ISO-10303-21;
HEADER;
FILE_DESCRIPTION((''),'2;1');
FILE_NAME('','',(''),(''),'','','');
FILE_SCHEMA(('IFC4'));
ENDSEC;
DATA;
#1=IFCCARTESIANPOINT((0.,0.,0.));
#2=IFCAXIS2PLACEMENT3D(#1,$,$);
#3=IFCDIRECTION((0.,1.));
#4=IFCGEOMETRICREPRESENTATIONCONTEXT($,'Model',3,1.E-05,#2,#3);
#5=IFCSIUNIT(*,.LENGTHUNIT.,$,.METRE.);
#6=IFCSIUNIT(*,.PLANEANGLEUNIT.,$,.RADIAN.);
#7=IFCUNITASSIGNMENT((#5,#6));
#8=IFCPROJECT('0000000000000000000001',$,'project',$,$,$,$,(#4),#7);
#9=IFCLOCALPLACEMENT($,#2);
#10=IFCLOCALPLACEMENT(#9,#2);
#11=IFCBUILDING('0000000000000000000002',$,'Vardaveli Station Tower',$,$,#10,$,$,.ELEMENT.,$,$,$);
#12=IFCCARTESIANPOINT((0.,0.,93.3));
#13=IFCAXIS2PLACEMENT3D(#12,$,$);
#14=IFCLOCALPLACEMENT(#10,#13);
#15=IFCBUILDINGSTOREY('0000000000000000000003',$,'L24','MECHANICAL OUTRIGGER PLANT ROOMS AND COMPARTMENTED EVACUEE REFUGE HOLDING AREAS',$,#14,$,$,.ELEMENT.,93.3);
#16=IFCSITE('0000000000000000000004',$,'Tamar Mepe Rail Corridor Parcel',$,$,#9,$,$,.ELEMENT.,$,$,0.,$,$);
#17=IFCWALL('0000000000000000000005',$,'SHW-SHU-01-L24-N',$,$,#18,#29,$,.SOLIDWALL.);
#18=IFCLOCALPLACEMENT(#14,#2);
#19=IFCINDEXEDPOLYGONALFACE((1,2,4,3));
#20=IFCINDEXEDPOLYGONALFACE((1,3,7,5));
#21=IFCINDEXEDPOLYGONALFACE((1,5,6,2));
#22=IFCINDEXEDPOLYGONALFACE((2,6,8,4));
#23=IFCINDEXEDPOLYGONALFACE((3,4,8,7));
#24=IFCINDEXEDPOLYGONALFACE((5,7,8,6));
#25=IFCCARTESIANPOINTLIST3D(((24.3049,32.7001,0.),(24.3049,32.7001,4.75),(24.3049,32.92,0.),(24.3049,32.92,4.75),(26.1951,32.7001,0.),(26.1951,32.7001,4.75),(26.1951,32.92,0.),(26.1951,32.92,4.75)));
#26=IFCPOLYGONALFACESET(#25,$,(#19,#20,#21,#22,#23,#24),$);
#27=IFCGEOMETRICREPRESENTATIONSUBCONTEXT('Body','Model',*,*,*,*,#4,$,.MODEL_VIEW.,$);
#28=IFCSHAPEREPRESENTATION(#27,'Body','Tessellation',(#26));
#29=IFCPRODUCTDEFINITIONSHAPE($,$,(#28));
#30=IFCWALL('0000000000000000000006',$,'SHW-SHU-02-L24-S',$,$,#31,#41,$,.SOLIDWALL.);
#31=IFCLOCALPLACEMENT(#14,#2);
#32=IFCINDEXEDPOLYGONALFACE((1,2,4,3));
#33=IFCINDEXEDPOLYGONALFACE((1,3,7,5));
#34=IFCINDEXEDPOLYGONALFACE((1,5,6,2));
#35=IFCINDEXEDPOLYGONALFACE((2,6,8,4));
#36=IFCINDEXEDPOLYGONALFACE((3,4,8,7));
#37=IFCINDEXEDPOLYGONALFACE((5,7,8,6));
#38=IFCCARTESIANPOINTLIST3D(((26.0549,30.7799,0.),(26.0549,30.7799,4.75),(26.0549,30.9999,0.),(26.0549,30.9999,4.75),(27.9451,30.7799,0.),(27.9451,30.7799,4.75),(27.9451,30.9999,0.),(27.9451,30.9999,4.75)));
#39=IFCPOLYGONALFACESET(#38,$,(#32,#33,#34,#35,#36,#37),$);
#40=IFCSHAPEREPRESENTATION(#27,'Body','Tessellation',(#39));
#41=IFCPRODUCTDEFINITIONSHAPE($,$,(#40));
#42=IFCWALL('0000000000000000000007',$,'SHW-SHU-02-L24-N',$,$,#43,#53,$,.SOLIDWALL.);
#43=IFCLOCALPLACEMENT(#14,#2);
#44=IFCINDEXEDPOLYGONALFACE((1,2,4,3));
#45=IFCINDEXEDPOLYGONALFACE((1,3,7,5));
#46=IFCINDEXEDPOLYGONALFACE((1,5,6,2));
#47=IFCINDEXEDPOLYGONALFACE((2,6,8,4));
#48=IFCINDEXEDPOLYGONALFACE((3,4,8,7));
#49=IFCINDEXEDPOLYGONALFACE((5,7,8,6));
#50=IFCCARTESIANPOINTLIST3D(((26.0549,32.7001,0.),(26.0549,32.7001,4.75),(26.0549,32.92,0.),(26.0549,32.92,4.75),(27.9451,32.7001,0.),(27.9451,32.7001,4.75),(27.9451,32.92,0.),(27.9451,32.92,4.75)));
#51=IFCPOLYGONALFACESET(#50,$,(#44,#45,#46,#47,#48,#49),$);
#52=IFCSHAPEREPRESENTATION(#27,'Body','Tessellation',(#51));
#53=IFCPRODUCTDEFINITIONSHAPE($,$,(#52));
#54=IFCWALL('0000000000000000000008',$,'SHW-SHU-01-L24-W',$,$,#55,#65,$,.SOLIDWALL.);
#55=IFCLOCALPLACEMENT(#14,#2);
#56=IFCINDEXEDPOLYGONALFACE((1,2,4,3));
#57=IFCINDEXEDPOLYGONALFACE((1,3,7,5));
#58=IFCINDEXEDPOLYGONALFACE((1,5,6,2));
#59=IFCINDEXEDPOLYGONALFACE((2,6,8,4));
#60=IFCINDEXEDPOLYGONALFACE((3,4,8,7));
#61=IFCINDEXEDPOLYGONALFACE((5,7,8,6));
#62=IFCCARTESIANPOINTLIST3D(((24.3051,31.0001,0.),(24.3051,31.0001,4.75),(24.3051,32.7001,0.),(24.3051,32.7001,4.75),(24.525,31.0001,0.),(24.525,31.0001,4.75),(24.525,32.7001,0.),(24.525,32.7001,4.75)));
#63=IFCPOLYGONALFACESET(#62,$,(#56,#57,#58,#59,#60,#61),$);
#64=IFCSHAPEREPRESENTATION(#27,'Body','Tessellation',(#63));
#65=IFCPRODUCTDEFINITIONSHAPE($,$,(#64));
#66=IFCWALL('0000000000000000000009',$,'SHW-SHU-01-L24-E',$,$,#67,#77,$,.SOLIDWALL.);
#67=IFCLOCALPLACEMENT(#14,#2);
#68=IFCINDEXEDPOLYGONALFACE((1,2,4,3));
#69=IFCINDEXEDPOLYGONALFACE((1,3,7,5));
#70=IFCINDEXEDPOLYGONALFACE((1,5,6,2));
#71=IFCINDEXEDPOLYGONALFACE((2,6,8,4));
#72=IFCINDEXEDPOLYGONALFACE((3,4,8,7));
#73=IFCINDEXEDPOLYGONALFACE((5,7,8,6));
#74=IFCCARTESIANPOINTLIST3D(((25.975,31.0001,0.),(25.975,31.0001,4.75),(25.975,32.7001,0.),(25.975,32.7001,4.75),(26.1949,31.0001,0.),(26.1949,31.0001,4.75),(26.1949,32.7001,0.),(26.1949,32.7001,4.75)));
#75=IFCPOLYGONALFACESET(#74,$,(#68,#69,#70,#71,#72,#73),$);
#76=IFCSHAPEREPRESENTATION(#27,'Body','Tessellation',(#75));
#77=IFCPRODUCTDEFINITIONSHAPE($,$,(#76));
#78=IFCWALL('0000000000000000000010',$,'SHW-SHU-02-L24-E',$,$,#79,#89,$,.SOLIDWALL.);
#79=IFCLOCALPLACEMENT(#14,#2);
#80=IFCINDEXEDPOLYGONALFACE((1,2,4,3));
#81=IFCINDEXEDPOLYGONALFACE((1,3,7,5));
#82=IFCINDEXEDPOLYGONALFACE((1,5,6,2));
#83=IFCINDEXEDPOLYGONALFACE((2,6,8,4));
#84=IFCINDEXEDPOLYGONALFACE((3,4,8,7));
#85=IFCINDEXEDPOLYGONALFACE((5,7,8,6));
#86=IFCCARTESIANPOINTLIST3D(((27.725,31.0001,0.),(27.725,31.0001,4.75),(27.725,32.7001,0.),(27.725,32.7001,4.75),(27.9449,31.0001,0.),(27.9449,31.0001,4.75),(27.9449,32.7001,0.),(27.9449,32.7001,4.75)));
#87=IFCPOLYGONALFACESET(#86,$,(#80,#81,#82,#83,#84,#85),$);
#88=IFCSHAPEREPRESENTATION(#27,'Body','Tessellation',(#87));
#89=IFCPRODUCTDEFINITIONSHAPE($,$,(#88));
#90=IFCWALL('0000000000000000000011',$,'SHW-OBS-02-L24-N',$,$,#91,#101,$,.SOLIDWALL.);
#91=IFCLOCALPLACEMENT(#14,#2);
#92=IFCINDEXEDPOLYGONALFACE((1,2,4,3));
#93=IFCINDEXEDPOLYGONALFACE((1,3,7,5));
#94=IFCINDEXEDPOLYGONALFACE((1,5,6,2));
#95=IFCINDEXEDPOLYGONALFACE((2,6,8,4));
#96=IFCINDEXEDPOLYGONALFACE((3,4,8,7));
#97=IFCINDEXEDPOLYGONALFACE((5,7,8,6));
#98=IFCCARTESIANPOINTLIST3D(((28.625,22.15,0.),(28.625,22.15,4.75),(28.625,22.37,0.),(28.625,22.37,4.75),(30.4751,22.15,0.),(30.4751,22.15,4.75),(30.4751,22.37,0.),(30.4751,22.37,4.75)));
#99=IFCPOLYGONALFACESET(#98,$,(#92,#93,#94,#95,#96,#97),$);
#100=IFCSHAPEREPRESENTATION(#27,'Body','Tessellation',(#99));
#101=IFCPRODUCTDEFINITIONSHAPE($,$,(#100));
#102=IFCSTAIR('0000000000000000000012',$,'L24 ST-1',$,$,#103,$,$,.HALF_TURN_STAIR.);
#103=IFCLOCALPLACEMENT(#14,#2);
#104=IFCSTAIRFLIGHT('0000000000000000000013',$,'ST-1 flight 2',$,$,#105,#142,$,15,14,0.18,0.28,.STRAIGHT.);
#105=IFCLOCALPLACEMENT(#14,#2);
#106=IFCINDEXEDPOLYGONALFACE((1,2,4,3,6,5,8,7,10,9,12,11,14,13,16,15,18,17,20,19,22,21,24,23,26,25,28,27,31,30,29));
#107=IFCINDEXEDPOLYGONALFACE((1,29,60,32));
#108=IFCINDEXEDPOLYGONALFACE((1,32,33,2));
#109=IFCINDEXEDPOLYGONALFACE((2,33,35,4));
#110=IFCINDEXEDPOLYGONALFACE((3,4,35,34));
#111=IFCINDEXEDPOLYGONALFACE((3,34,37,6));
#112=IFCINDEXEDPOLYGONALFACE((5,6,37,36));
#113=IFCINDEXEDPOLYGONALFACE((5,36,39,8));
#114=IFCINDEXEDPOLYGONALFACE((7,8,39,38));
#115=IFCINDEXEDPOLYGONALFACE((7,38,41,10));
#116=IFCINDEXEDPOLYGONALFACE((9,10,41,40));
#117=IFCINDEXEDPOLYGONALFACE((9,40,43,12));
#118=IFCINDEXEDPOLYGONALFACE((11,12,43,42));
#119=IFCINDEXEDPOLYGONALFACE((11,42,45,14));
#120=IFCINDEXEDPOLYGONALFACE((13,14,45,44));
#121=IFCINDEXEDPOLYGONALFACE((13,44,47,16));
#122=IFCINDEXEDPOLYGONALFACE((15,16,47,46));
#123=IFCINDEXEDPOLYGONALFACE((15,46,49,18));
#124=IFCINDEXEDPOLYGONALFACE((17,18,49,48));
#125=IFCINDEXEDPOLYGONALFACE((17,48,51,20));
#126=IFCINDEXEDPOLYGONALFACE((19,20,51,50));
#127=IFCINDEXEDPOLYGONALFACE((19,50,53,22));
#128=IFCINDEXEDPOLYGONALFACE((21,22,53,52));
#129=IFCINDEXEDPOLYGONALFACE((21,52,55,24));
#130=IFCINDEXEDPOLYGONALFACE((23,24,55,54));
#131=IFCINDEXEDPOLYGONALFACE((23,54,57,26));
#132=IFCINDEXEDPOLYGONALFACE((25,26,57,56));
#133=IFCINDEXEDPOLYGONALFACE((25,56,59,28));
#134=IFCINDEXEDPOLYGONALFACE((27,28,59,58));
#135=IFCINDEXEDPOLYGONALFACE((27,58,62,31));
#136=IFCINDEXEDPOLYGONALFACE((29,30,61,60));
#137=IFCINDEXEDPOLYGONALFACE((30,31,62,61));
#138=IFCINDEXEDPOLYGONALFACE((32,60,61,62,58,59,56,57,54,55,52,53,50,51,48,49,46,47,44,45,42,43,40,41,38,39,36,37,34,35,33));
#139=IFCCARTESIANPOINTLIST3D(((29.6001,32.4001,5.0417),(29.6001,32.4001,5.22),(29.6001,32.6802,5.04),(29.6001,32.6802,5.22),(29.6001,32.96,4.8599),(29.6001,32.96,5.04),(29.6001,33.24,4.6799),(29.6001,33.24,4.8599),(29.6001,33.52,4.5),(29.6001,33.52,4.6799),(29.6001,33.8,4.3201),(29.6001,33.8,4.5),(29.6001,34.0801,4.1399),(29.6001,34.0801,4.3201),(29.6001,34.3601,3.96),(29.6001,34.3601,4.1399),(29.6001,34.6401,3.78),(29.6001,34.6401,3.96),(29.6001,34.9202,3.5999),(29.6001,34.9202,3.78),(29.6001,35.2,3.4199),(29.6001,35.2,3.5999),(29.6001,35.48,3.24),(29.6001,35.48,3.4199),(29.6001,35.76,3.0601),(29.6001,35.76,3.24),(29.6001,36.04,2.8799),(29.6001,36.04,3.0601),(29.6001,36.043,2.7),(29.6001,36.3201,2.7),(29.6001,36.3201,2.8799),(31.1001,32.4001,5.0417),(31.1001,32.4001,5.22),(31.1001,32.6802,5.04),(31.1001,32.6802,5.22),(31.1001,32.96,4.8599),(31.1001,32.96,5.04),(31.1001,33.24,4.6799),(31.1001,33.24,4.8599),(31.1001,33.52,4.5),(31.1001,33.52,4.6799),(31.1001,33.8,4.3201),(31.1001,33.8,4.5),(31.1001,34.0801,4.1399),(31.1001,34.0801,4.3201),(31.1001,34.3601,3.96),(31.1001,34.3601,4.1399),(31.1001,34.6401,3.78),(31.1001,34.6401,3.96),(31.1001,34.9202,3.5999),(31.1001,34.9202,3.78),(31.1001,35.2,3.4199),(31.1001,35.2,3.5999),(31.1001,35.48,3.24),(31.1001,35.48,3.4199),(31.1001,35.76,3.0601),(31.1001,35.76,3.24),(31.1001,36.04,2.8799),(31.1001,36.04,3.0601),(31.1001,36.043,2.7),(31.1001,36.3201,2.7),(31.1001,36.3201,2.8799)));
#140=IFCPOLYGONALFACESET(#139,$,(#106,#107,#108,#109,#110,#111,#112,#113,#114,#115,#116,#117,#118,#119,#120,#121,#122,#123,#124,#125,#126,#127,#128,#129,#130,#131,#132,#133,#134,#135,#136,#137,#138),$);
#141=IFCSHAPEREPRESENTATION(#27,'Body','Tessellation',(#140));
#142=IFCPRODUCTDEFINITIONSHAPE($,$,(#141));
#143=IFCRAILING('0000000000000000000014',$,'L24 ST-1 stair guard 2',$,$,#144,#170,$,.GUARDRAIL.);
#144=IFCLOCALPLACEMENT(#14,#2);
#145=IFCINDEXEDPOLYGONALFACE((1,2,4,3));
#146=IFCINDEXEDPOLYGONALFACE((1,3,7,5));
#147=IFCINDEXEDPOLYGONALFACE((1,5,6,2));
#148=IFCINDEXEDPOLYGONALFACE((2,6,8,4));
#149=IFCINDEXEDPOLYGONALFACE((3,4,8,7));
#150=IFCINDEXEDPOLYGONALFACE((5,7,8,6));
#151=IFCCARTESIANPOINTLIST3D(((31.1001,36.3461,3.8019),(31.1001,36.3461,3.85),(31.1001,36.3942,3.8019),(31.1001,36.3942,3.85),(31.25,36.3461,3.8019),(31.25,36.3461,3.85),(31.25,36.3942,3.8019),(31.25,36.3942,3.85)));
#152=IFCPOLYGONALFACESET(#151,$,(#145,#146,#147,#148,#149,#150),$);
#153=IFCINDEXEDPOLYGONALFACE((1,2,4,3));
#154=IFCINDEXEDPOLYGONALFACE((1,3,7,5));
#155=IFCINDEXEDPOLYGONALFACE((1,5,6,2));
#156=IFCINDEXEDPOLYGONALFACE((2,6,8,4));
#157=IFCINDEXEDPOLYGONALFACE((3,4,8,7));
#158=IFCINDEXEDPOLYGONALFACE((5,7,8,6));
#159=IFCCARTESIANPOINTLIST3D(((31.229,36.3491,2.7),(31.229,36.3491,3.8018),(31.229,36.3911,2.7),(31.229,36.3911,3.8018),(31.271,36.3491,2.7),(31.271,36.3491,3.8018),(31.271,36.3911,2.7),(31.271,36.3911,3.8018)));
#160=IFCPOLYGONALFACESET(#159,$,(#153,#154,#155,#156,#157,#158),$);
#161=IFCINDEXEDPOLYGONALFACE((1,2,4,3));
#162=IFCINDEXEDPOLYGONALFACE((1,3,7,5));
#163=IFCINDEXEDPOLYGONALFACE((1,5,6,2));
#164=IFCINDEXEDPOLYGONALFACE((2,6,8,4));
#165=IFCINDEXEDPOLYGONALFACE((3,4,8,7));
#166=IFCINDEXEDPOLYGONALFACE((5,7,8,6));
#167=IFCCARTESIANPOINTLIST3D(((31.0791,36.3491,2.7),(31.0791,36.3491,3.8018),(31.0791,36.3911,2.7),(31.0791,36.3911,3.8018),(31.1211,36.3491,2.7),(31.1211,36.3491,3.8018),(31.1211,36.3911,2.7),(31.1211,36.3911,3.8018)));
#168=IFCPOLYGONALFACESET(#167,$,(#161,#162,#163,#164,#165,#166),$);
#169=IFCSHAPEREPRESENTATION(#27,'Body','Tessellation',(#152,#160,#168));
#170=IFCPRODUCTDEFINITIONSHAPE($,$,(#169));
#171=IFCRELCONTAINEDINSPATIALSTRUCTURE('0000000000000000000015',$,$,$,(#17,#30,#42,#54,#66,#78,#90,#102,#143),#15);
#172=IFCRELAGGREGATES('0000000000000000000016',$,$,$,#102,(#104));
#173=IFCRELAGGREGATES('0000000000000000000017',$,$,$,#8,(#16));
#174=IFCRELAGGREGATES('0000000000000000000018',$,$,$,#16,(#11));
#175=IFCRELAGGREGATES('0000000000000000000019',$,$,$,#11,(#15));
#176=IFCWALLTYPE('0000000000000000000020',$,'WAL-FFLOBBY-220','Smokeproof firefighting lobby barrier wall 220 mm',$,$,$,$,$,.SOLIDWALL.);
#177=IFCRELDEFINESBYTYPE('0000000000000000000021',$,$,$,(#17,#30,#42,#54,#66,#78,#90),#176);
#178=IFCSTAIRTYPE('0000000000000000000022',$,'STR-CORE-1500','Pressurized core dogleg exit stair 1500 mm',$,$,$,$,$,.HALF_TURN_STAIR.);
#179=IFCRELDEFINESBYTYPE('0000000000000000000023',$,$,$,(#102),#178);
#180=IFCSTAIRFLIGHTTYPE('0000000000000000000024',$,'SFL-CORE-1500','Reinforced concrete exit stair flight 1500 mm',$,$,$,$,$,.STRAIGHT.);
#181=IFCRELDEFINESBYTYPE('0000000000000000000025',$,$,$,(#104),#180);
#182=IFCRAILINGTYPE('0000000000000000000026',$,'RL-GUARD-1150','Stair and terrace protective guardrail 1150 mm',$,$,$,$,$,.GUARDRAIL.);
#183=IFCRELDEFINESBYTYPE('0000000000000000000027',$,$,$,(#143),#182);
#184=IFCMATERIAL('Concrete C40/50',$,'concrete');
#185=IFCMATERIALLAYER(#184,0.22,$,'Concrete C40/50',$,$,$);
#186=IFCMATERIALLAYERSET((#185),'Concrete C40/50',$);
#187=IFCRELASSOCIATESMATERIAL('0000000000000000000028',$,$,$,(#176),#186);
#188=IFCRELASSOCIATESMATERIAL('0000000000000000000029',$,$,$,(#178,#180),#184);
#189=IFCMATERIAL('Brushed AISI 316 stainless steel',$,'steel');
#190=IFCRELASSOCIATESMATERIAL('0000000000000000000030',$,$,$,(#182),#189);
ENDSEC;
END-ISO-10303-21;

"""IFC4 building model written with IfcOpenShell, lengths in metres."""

from ifc_helpers import new_model, si_unit, direction, frame, frame_2d, origin, origin_2d, place, context, subcontext, project, spatial, polyline, rectangle, outline, extrude, source, transform, mapped, material, layer, layer_set, type_object, element, aggregate, save


model = new_model("IFC4")

# Units and contexts
model_context = context("Model", 3, precision=1e-05, world=origin(), true_north=direction((0.0, 1.0)))
body_context = subcontext(model_context, "Body", "Model", "MODEL_VIEW")
ifc_project = project(units=[si_unit("LENGTHUNIT", "METRE"), si_unit("PLANEANGLEUNIT", "RADIAN")], contexts=[model_context])

# Site, building, storey
site_placement = place(None, origin())
site = spatial("IfcSite", under=ifc_project, at=site_placement, Name="Tamar Mepe Rail Corridor Parcel", CompositionType="ELEMENT", RefElevation=0.0)
building_placement = place(site_placement, origin())
building = spatial("IfcBuilding", under=site, at=building_placement, Name="Vardaveli Station Tower", CompositionType="ELEMENT")
storey_placement = place(building_placement, frame((0.0, 0.0, 93.3)))
storey = spatial("IfcBuildingStorey", under=building, at=storey_placement, Name="L24", Description="MECHANICAL OUTRIGGER PLANT ROOMS AND COMPARTMENTED EVACUEE REFUGE HOLDING AREAS", CompositionType="ELEMENT", Elevation=93.3)

# Shared definitions
ifc_material_1 = material(Name="Concrete C40/50", Category="concrete")

# Walls
ifc_layer_1 = layer(ifc_material_1, 0.22, Name="Concrete C40/50")
ifc_layer_set_1 = layer_set([ifc_layer_1], Name="Concrete C40/50")
wall_type_1 = type_object("IfcWallType", Name="WAL-FFLOBBY-220", Description="Smokeproof firefighting lobby barrier wall 220 mm", PredefinedType="SOLIDWALL", material=ifc_layer_set_1)
shared_shape_1 = source(origin(), body_context, "Body", "SweptSolid", [
    extrude(rectangle(XDim=1.8901, YDim=0.22, at=frame_2d((0.9451, 0.0))), origin(), (0.0, 0.0, 1.0), 4.75),
])
for number, where, z_axis, x_axis, name in (
    (1, (24.3049, 32.8101, 0.0), (0.0, 0.0, 1.0), (1.0, 0.0, 0.0), "SHW-SHU-01-L24-N"),
    (2, (26.0549, 30.8899, 0.0), (0.0, 0.0, 1.0), (1.0, 0.0, 0.0), "SHW-SHU-02-L24-S"),
    (3, (26.0549, 32.8101, 0.0), (0.0, 0.0, 1.0), (1.0, 0.0, 0.0), "SHW-SHU-02-L24-N"),
):
    element("IfcWall", number, at=place(storey_placement, frame(where, z_axis=z_axis, x_axis=x_axis)), inside=storey, type_object=wall_type_1, Name=name, PredefinedType="SOLIDWALL", context=body_context, shape_type="MappedRepresentation", body=[
        mapped(shared_shape_1, transform((0.0, 0.0, 0.0), scale=1.0)),
    ])
shared_shape_2 = source(origin(), body_context, "Body", "SweptSolid", [
    extrude(rectangle(XDim=1.7, YDim=0.22, at=frame_2d((0.8501, 0.0))), origin(), (0.0, 0.0, 1.0), 4.75),
])
for number, where, z_axis, x_axis, name in (
    (4, (24.415, 31.0, 0.0), (0.0, 0.0, 1.0), (0.0, 1.0, 0.0), "SHW-SHU-01-L24-W"),
    (5, (26.085, 31.0, 0.0), (0.0, 0.0, 1.0), (0.0, 1.0, 0.0), "SHW-SHU-01-L24-E"),
    (6, (27.835, 31.0, 0.0), (0.0, 0.0, 1.0), (0.0, 1.0, 0.0), "SHW-SHU-02-L24-E"),
):
    element("IfcWall", number, at=place(storey_placement, frame(where, z_axis=z_axis, x_axis=x_axis)), inside=storey, type_object=wall_type_1, Name=name, PredefinedType="SOLIDWALL", context=body_context, shape_type="MappedRepresentation", body=[
        mapped(shared_shape_2, transform((0.0, 0.0, 0.0), scale=1.0)),
    ])
shared_shape_3 = source(origin(), body_context, "Body", "SweptSolid", [
    extrude(rectangle(XDim=1.8501, YDim=0.22, at=frame_2d((0.925, 0.0))), origin(), (0.0, 0.0, 1.0), 4.75),
])
wall_1_placement = place(storey_placement, frame((28.625, 22.26, 0.0), z_axis=(0.0, 0.0, 1.0), x_axis=(1.0, 0.0, 0.0)))
element("IfcWall", 7, at=wall_1_placement, inside=storey, type_object=wall_type_1, Name="SHW-OBS-02-L24-N", PredefinedType="SOLIDWALL", context=body_context, shape_type="MappedRepresentation", body=[
    mapped(shared_shape_3, transform((0.0, 0.0, 0.0), scale=1.0)),
])

# Stair, stair flight
stair_type = type_object("IfcStairType", Name="STR-CORE-1500", Description="Pressurized core dogleg exit stair 1500 mm", PredefinedType="HALF_TURN_STAIR", material=ifc_material_1)
stair_placement = place(storey_placement, origin())
stair = element("IfcStair", 8, at=stair_placement, inside=storey, type_object=stair_type, Name="L24 ST-1", PredefinedType="HALF_TURN_STAIR")
stair_flight_type = type_object("IfcStairFlightType", Name="SFL-CORE-1500", Description="Reinforced concrete exit stair flight 1500 mm", PredefinedType="STRAIGHT", material=ifc_material_1)
shared_shape_4 = source(origin(), body_context, "Body", "SweptSolid", [
    extrude(outline(polyline([(0.0, 0.0), (0.0, 0.1799), (0.28, 0.1799), (0.28, 0.3601), (0.5601, 0.3601), (0.5601, 0.54), (0.8401, 0.54), (0.8401, 0.72), (1.1201, 0.72), (1.1201, 0.8999), (1.3999, 0.8999), (1.3999, 1.0801), (1.6799, 1.0801), (1.6799, 1.26), (1.96, 1.26), (1.96, 1.4399), (2.24, 1.4399), (2.24, 1.6201), (2.52, 1.6201), (2.52, 1.8), (2.8, 1.8), (2.8, 1.98), (3.0801, 1.98), (3.0801, 2.1599), (3.3601, 2.1599), (3.3601, 2.3401), (3.6399, 2.3401), (3.6399, 2.52), (3.9199, 2.52), (3.9199, 2.7), (3.9199, 2.3418), (0.2771, 0.0), (0.0, 0.0)])), frame((0.0, 0.75, 0.0), z_axis=(0.0, -1.0, 0.0), x_axis=(1.0, 0.0, 0.0)), (0.0, 0.0, 1.0), 1.5),
])
stair_flight_placement = place(storey_placement, frame((30.3501, 36.3201, 2.7), z_axis=(0.0, 0.0, 1.0), x_axis=(0.0, -1.0, 0.0)))
stair_flight = element("IfcStairFlight", 9, at=stair_flight_placement, type_object=stair_flight_type, Name="ST-1 flight 2", NumberOfRisers=15, NumberOfTreads=14, PredefinedType="STRAIGHT", RiserHeight=0.18, TreadLength=0.28, context=body_context, shape_type="MappedRepresentation", body=[
    mapped(shared_shape_4, transform((0.0, 0.0, 0.0), scale=1.0)),
])
aggregate(stair, [stair_flight])

# Railing
ifc_material_2 = material(Name="Brushed AISI 316 stainless steel", Category="steel")
railing_type_1 = type_object("IfcRailingType", Name="RL-GUARD-1150", Description="Stair and terrace protective guardrail 1150 mm", PredefinedType="GUARDRAIL", material=ifc_material_2)
shared_shape_5 = source(origin(), body_context, "Body", "SweptSolid", [
    extrude(rectangle(XDim=0.0481, YDim=0.0481, at=origin_2d()), frame((0.0, 0.0, 1.126), z_axis=(-1.0, 0.0, 0.0), x_axis=(0.0, -1.0, 0.0)), (0.0, 0.0, 1.0), 0.1499),
    extrude(rectangle(XDim=0.042, YDim=0.042, at=origin_2d()), origin(), (0.0, 0.0, 1.0), 1.1018),
    extrude(rectangle(XDim=0.042, YDim=0.042, at=origin_2d()), frame((-0.1499, 0.0, 0.0)), (0.0, 0.0, 1.0), 1.1018),
])
railing_1_placement = place(storey_placement, frame((31.25, 36.3701, 2.7)))
element("IfcRailing", 10, at=railing_1_placement, inside=storey, type_object=railing_type_1, Name="L24 ST-1 stair guard 2", PredefinedType="GUARDRAIL", context=body_context, shape_type="MappedRepresentation", body=[
    mapped(shared_shape_5, transform((0.0, 0.0, 0.0), scale=1.0)),
])

save(model, "model.ifc")
